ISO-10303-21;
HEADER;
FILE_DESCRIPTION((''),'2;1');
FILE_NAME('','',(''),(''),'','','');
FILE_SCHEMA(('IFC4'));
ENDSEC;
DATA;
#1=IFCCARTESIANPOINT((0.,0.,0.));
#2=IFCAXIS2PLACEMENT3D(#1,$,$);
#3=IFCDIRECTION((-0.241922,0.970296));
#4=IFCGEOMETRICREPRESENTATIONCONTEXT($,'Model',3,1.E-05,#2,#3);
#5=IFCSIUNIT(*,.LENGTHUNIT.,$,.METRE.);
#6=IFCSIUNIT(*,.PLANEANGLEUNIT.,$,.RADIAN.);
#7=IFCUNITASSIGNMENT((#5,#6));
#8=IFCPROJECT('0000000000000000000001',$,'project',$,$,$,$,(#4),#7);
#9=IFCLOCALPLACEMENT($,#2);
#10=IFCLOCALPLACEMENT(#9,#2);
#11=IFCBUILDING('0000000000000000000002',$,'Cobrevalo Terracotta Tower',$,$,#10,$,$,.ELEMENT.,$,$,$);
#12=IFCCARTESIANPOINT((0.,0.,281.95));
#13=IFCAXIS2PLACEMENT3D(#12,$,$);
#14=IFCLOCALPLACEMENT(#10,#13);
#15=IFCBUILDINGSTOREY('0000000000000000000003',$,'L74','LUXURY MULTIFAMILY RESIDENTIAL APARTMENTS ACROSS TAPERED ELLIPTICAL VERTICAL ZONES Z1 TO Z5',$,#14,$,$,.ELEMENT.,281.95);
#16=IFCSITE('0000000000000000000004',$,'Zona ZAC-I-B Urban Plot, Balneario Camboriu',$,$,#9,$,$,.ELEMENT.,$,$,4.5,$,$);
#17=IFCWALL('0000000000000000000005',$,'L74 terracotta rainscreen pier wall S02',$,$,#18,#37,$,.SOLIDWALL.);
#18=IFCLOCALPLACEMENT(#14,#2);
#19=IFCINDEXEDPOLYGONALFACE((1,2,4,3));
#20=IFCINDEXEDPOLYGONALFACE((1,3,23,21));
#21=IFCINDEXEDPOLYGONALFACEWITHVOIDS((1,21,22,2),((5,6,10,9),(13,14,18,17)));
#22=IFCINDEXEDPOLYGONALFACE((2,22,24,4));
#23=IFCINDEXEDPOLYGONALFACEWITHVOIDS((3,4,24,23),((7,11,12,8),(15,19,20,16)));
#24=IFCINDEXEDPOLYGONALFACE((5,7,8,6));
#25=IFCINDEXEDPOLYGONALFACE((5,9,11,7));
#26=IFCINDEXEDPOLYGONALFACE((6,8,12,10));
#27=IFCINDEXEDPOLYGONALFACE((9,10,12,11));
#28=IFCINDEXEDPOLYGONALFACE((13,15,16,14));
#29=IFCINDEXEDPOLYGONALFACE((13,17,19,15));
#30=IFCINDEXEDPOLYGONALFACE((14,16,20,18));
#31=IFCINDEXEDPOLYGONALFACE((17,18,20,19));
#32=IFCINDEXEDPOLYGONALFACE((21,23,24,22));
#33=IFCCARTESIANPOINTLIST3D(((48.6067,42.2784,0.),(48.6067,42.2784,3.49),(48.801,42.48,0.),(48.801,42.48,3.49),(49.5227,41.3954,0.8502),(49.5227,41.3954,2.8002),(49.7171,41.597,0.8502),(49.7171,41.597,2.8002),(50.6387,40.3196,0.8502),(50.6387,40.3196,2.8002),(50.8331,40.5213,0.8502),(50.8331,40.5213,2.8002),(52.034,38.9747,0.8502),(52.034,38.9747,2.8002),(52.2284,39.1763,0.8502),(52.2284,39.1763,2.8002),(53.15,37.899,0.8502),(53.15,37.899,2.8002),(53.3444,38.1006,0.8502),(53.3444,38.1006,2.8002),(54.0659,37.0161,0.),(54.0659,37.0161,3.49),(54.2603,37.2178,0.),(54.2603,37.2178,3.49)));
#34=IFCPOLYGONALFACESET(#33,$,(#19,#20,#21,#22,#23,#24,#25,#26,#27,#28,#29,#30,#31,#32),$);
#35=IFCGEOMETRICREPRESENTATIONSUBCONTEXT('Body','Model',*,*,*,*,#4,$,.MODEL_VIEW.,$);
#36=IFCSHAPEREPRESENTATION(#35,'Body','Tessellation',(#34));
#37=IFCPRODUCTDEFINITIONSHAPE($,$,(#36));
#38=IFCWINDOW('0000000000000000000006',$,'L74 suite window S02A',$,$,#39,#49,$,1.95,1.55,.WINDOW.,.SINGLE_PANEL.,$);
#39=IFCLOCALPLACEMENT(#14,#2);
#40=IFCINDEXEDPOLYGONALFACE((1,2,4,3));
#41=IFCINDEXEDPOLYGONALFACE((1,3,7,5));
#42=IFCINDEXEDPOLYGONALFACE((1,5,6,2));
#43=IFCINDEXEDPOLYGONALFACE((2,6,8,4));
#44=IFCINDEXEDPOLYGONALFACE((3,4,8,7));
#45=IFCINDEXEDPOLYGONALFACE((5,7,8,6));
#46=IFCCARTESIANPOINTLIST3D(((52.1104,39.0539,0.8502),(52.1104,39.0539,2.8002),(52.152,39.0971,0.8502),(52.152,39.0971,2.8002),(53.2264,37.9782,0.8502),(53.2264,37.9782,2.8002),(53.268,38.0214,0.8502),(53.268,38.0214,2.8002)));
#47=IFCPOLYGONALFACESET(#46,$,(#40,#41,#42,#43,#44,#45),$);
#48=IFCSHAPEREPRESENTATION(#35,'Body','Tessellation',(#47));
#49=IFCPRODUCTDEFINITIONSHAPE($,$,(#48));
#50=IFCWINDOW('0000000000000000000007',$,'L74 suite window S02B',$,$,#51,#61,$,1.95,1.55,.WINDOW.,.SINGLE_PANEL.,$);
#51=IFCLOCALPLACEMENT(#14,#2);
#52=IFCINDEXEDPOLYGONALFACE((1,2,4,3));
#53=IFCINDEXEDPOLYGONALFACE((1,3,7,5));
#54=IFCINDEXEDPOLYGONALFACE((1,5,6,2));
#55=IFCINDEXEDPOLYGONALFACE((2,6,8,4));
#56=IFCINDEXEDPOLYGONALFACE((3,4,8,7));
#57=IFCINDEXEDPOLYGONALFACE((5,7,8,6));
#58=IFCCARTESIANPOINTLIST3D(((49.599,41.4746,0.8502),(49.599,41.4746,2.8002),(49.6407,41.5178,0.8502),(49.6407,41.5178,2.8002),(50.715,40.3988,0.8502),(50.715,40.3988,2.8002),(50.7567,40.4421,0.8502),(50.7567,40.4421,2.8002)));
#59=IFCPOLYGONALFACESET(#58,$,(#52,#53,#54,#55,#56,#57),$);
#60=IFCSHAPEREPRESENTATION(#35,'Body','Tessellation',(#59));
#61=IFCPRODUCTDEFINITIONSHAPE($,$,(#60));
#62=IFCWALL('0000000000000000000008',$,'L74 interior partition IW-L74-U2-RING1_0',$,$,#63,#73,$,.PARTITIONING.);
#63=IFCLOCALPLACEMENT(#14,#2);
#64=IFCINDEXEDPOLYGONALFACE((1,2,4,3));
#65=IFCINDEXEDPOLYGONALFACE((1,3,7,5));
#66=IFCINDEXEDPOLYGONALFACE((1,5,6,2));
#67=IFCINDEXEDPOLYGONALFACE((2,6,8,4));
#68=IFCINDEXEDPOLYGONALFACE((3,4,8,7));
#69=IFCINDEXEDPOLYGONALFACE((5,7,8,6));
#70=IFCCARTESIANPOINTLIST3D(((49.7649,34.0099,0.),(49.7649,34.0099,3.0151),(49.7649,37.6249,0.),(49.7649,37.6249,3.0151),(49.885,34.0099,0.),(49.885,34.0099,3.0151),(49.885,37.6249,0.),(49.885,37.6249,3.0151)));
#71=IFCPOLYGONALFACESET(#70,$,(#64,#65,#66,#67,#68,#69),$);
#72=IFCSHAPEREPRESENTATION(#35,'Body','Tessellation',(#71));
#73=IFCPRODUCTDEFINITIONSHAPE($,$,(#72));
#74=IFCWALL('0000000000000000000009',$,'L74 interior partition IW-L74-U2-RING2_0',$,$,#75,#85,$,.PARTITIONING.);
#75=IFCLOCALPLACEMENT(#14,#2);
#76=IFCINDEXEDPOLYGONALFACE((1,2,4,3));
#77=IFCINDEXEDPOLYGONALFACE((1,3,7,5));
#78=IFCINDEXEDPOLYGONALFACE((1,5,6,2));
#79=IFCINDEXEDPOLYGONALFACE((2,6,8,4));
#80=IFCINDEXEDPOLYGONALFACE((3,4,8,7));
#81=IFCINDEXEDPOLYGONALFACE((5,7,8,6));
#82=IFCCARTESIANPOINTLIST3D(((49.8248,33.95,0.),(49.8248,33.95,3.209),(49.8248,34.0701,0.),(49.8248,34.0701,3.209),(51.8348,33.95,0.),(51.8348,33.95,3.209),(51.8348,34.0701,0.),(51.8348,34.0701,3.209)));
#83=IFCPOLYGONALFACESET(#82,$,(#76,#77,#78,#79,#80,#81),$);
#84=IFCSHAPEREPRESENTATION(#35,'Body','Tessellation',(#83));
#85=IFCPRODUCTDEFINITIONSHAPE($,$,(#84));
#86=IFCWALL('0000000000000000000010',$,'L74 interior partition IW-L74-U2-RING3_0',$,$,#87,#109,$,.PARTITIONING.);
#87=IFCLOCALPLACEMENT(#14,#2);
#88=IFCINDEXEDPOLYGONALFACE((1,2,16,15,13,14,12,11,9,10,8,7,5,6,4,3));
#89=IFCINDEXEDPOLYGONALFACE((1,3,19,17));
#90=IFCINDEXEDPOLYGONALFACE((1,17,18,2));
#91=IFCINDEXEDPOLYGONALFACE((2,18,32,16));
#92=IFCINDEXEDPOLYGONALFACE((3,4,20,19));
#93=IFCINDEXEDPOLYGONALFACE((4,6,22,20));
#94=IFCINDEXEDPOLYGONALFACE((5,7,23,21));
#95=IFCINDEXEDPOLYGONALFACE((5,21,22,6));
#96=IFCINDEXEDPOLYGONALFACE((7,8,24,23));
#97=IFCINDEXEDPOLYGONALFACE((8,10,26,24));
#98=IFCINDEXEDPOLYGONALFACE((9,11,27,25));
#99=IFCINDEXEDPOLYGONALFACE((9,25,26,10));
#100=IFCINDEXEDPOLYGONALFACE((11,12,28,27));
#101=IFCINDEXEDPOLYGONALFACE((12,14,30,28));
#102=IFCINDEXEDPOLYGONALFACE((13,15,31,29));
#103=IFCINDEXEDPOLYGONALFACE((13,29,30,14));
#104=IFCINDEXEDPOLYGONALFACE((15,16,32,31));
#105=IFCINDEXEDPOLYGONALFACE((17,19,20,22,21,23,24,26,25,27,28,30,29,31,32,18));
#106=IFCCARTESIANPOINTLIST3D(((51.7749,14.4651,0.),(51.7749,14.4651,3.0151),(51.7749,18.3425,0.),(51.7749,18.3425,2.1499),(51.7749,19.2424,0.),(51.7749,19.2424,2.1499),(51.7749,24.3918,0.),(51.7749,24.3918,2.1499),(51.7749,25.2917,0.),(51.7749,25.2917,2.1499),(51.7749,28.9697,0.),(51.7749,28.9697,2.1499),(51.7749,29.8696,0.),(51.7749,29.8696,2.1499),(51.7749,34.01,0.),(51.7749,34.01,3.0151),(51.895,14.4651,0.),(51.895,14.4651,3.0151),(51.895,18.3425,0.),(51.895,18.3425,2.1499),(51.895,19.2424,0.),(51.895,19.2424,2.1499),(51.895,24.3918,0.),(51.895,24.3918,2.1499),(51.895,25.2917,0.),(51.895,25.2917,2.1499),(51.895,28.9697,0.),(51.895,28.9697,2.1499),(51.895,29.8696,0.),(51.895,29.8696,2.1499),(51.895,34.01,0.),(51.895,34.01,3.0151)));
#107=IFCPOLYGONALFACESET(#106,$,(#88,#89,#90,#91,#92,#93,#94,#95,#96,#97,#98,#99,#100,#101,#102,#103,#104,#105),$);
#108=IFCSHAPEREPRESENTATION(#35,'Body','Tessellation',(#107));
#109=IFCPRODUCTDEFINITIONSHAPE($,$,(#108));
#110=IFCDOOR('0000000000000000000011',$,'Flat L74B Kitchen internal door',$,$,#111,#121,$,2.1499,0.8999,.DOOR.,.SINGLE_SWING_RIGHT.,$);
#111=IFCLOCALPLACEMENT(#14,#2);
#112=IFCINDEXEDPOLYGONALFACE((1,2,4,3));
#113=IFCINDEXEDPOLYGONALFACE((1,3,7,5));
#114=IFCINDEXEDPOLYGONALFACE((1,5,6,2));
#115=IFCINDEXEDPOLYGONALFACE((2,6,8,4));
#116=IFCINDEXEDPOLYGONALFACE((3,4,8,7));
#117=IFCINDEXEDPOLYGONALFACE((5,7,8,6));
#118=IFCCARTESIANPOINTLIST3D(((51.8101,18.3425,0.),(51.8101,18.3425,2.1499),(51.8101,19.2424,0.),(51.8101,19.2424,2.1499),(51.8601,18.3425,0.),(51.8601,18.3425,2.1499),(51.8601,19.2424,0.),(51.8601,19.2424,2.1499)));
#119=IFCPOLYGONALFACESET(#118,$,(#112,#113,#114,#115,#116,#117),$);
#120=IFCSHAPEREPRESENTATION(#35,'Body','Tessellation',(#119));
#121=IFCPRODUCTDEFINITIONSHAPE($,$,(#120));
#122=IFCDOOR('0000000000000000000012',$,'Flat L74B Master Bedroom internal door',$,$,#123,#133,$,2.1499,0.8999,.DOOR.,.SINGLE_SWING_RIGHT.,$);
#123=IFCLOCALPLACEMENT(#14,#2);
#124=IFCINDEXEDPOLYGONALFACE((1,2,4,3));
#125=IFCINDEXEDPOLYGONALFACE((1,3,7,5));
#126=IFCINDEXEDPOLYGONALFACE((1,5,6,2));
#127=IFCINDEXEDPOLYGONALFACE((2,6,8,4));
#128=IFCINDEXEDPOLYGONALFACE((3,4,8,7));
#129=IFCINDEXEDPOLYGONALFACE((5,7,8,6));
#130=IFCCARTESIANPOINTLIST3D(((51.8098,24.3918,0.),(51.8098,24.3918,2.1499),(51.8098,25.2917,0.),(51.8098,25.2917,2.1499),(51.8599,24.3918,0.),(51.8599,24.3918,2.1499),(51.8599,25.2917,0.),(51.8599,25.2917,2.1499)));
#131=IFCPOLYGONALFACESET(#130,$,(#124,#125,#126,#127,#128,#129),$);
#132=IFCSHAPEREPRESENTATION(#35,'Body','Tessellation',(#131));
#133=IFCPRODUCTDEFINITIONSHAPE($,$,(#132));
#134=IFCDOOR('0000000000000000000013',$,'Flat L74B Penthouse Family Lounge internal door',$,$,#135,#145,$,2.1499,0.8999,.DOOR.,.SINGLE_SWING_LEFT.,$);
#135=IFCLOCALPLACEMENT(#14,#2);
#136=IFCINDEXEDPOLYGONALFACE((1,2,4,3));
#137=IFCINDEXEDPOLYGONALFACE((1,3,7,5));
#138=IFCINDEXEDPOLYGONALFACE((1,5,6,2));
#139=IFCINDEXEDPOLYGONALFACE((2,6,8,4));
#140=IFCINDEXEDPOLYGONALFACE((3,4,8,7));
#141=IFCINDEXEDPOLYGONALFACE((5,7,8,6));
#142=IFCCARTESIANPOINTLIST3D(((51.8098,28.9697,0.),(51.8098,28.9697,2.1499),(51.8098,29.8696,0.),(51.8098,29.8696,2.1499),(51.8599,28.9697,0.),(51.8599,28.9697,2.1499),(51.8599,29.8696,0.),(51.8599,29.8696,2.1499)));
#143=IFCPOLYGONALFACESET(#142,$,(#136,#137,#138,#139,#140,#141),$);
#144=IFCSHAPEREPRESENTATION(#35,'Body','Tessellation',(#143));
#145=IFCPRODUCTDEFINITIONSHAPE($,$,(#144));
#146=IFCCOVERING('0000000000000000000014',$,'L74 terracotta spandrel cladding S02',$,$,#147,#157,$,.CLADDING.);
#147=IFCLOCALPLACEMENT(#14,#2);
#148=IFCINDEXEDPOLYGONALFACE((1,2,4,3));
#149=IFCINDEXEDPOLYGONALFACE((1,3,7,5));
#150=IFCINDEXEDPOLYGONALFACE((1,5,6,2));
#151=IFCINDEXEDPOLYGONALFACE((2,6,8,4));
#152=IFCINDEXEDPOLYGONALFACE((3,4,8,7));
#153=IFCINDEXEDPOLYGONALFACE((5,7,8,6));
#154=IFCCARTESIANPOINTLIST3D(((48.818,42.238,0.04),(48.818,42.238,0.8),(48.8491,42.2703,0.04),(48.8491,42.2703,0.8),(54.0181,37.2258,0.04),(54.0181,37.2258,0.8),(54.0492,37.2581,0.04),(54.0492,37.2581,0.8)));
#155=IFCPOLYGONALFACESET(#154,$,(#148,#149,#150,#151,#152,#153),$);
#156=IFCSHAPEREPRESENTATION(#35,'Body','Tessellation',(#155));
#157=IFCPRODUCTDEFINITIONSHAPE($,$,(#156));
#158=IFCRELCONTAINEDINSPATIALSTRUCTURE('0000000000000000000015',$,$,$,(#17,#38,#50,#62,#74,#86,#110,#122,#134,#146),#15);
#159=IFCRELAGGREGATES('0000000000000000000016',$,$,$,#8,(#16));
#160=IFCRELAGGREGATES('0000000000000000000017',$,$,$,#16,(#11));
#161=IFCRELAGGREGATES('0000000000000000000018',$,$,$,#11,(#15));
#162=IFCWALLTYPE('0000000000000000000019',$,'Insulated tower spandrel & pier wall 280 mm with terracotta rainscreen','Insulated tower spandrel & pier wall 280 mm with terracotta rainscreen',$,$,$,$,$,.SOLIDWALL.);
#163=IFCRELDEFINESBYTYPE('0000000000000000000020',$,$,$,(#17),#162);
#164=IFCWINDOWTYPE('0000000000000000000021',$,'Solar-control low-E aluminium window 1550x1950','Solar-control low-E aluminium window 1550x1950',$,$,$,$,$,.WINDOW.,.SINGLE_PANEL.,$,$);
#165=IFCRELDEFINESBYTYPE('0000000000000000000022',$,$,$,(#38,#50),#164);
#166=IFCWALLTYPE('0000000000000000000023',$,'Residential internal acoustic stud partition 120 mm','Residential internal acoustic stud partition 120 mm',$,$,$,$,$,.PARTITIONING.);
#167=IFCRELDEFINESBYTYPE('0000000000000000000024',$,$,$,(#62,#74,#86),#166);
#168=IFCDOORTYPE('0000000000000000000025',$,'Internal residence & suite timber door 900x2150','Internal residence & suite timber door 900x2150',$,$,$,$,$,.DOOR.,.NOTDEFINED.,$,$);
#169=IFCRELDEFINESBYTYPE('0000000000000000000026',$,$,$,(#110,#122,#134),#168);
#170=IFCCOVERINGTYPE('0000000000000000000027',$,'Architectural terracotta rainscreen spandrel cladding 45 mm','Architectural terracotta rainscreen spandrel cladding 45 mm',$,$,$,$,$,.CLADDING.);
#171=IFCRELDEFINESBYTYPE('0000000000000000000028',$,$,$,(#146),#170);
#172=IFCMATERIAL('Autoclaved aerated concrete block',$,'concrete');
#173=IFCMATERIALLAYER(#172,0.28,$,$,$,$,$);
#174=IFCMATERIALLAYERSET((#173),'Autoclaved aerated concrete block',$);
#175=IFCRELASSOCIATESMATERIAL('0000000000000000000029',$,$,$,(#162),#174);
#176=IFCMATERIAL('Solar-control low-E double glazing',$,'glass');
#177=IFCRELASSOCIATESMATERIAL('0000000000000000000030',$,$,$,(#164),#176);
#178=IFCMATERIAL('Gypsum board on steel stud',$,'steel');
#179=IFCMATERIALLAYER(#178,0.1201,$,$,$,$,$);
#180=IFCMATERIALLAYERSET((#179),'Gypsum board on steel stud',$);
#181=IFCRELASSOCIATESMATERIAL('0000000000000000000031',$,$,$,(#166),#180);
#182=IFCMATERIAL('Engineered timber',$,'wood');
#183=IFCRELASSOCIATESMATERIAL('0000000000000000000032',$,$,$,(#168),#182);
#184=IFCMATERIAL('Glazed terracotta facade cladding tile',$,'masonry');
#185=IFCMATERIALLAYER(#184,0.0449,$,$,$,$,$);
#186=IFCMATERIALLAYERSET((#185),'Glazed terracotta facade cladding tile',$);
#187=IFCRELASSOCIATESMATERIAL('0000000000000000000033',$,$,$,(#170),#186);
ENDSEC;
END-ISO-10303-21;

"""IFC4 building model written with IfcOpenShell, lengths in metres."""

from ifc_helpers import new_model, si_unit, direction, frame, frame_2d, origin, origin_2d, place, context, subcontext, project, spatial, rectangle, extrude, source, transform, mapped, material, layer, layer_set, type_object, element, fill, save


model = new_model("IFC4")

# Units and contexts
model_context = context("Model", 3, precision=1e-05, world=origin(), true_north=direction((-0.241922, 0.970296)))
body_context = subcontext(model_context, "Body", "Model", "MODEL_VIEW")
ifc_project = project(units=[si_unit("LENGTHUNIT", "METRE"), si_unit("PLANEANGLEUNIT", "RADIAN")], contexts=[model_context])

# Site, building, storey
site_placement = place(None, origin())
site = spatial("IfcSite", under=ifc_project, at=site_placement, Name="Zona ZAC-I-B Urban Plot, Balneario Camboriu", CompositionType="ELEMENT", RefElevation=4.5)
building_placement = place(site_placement, origin())
building = spatial("IfcBuilding", under=site, at=building_placement, Name="Cobrevalo Terracotta Tower", CompositionType="ELEMENT")
storey_placement = place(building_placement, frame((0.0, 0.0, 281.95)))
storey = spatial("IfcBuildingStorey", under=building, at=storey_placement, Name="L74", Description="LUXURY MULTIFAMILY RESIDENTIAL APARTMENTS ACROSS TAPERED ELLIPTICAL VERTICAL ZONES Z1 TO Z5", CompositionType="ELEMENT", Elevation=281.95)

# Shared definitions
ifc_material_1 = material(Name="Solar-control low-E double glazing", Category="glass")

# Wall, openings, windows
ifc_material_2 = material(Name="Autoclaved aerated concrete block", Category="concrete")
ifc_layer_1 = layer(ifc_material_2, 0.28)
ifc_layer_set_1 = layer_set([ifc_layer_1], Name="Autoclaved aerated concrete block")
wall_type_1 = type_object("IfcWallType", Name="Insulated tower spandrel & pier wall 280 mm with terracotta rainscreen", Description="Insulated tower spandrel & pier wall 280 mm with terracotta rainscreen", PredefinedType="SOLIDWALL", material=ifc_layer_set_1)
wall_1_placement = place(storey_placement, frame((54.1631, 37.1169, 0.0), z_axis=(0.0, 0.0, 1.0), x_axis=(-0.719979, 0.693996, 0.0)))
wall_1 = element("IfcWall", 1, at=wall_1_placement, inside=storey, type_object=wall_type_1, Name="L74 terracotta rainscreen pier wall S02", PredefinedType="SOLIDWALL", context=body_context, shape_type="SweptSolid", body=[
    extrude(rectangle(XDim=7.5825, YDim=0.28, at=frame_2d((3.7913, 0.0))), origin(), (0.0, 0.0, 1.0), 3.49),
])
opening_1_placement = place(wall_1_placement, frame((1.2722, 0.0, 0.8501)))
opening_1 = element("IfcOpeningElement", 2, at=opening_1_placement, cuts=wall_1, PredefinedType="OPENING", context=body_context, shape_type="SweptSolid", body=[
    extrude(rectangle(XDim=1.55, YDim=1.95, at=frame_2d((0.7749, 0.9751))), frame((0.0, 0.1499, 0.0), z_axis=(0.0, -1.0, 0.0), x_axis=(1.0, 0.0, 0.0)), (0.0, 0.0, 1.0), 0.3),
])
opening_2_placement = place(wall_1_placement, frame((4.7603, 0.0, 0.8501)))
opening_2 = element("IfcOpeningElement", 3, at=opening_2_placement, cuts=wall_1, PredefinedType="OPENING", context=body_context, shape_type="SweptSolid", body=[
    extrude(rectangle(XDim=1.55, YDim=1.95, at=frame_2d((0.7749, 0.9751))), frame((0.0, 0.1499, 0.0), z_axis=(0.0, -1.0, 0.0), x_axis=(1.0, 0.0, 0.0)), (0.0, 0.0, 1.0), 0.3),
])
window_type = type_object("IfcWindowType", Name="Solar-control low-E aluminium window 1550x1950", Description="Solar-control low-E aluminium window 1550x1950", PartitioningType="SINGLE_PANEL", PredefinedType="WINDOW", material=ifc_material_1)
shared_shape_1 = source(origin(), body_context, "Body", "SweptSolid", [
    extrude(rectangle(XDim=1.55, YDim=1.95, at=frame_2d((0.7749, 0.9751))), frame((0.0, 0.03, 0.0), z_axis=(0.0, -1.0, 0.0), x_axis=(1.0, 0.0, 0.0)), (0.0, 0.0, 1.0), 0.0601),
])
window_1_placement = place(opening_1_placement, origin())
window_1 = element("IfcWindow", 4, at=window_1_placement, inside=storey, type_object=window_type, Name="L74 suite window S02A", OverallHeight=1.95, OverallWidth=1.55, PartitioningType="SINGLE_PANEL", PredefinedType="WINDOW", context=body_context, shape_type="MappedRepresentation", body=[
    mapped(shared_shape_1, transform((0.0, 0.0, 0.0), scale=1.0)),
])
fill(opening_1, window_1)
window_2_placement = place(opening_2_placement, origin())
window_2 = element("IfcWindow", 5, at=window_2_placement, inside=storey, type_object=window_type, Name="L74 suite window S02B", OverallHeight=1.95, OverallWidth=1.55, PartitioningType="SINGLE_PANEL", PredefinedType="WINDOW", context=body_context, shape_type="MappedRepresentation", body=[
    mapped(shared_shape_1, transform((0.0, 0.0, 0.0), scale=1.0)),
])
fill(opening_2, window_2)

# Walls
ifc_material_3 = material(Name="Gypsum board on steel stud", Category="steel")
ifc_layer_2 = layer(ifc_material_3, 0.1201)
ifc_layer_set_2 = layer_set([ifc_layer_2], Name="Gypsum board on steel stud")
wall_type_2 = type_object("IfcWallType", Name="Residential internal acoustic stud partition 120 mm", Description="Residential internal acoustic stud partition 120 mm", PredefinedType="PARTITIONING", material=ifc_layer_set_2)
wall_2_placement = place(storey_placement, frame((49.825, 37.625, 0.0), z_axis=(0.0, 0.0, 1.0), x_axis=(0.0, -1.0, 0.0)))
element("IfcWall", 6, at=wall_2_placement, inside=storey, type_object=wall_type_2, Name="L74 interior partition IW-L74-U2-RING1_0", PredefinedType="PARTITIONING", context=body_context, shape_type="SweptSolid", body=[
    extrude(rectangle(XDim=3.615, YDim=0.1201, at=frame_2d((1.8076, 0.0))), origin(), (0.0, 0.0, 1.0), 3.0151),
])
wall_3_placement = place(storey_placement, frame((49.825, 34.01, 0.0), z_axis=(0.0, 0.0, 1.0), x_axis=(1.0, 0.0, 0.0)))
element("IfcWall", 7, at=wall_3_placement, inside=storey, type_object=wall_type_2, Name="L74 interior partition IW-L74-U2-RING2_0", PredefinedType="PARTITIONING", context=body_context, shape_type="SweptSolid", body=[
    extrude(rectangle(XDim=2.01, YDim=0.1201, at=frame_2d((1.0049, 0.0))), origin(), (0.0, 0.0, 1.0), 3.209),
])

# Wall, openings, doors
wall_4_placement = place(storey_placement, frame((51.835, 34.01, 0.0), z_axis=(0.0, 0.0, 1.0), x_axis=(0.0, -1.0, 0.0)))
wall_4 = element("IfcWall", 8, at=wall_4_placement, inside=storey, type_object=wall_type_2, Name="L74 interior partition IW-L74-U2-RING3_0", PredefinedType="PARTITIONING", context=body_context, shape_type="SweptSolid", body=[
    extrude(rectangle(XDim=19.5449, YDim=0.1201, at=frame_2d((9.7725, 0.0))), origin(), (0.0, 0.0, 1.0), 3.0151),
])
opening_3_placement = place(wall_4_placement, frame((14.7676, 0.0, 0.0)))
opening_3 = element("IfcOpeningElement", 9, at=opening_3_placement, cuts=wall_4, PredefinedType="OPENING", context=body_context, shape_type="SweptSolid", body=[
    extrude(rectangle(XDim=0.8999, YDim=2.1499, at=frame_2d((0.45, 1.075))), frame((0.0, 0.0701, 0.0), z_axis=(0.0, -1.0, 0.0), x_axis=(1.0, 0.0, 0.0)), (0.0, 0.0, 1.0), 0.1401),
])
opening_4_placement = place(wall_4_placement, frame((8.7183, 0.0, 0.0)))
opening_4 = element("IfcOpeningElement", 10, at=opening_4_placement, cuts=wall_4, PredefinedType="OPENING", context=body_context, shape_type="SweptSolid", body=[
    extrude(rectangle(XDim=0.8999, YDim=2.1499, at=frame_2d((0.45, 1.075))), frame((0.0, 0.0701, 0.0), z_axis=(0.0, -1.0, 0.0), x_axis=(1.0, 0.0, 0.0)), (0.0, 0.0, 1.0), 0.1401),
])
opening_5_placement = place(wall_4_placement, frame((4.1404, 0.0, 0.0)))
opening_5 = element("IfcOpeningElement", 11, at=opening_5_placement, cuts=wall_4, PredefinedType="OPENING", context=body_context, shape_type="SweptSolid", body=[
    extrude(rectangle(XDim=0.8999, YDim=2.1499, at=frame_2d((0.45, 1.075))), frame((0.0, 0.0701, 0.0), z_axis=(0.0, -1.0, 0.0), x_axis=(1.0, 0.0, 0.0)), (0.0, 0.0, 1.0), 0.1401),
])
ifc_material_4 = material(Name="Engineered timber", Category="wood")
door_type = type_object("IfcDoorType", Name="Internal residence & suite timber door 900x2150", Description="Internal residence & suite timber door 900x2150", OperationType="NOTDEFINED", PredefinedType="DOOR", material=ifc_material_4)
shared_shape_2 = source(origin(), body_context, "Body", "SweptSolid", [
    extrude(rectangle(XDim=0.8999, YDim=2.1499, at=frame_2d((0.45, 1.075))), frame((0.0, 0.0249, 0.0), z_axis=(0.0, -1.0, 0.0), x_axis=(1.0, 0.0, 0.0)), (0.0, 0.0, 1.0), 0.05),
])
door_1_placement = place(opening_3_placement, frame((0.8999, 0.0, 0.0), z_axis=(0.0, 0.0, 1.0), x_axis=(-1.0, 0.0, 0.0)))
door_1 = element("IfcDoor", 12, at=door_1_placement, inside=storey, type_object=door_type, Name="Flat L74B Kitchen internal door", OperationType="SINGLE_SWING_RIGHT", OverallHeight=2.1499, OverallWidth=0.8999, PredefinedType="DOOR", context=body_context, shape_type="MappedRepresentation", body=[
    mapped(shared_shape_2, transform((0.0, 0.0, 0.0), scale=1.0)),
])
fill(opening_3, door_1)
door_2_placement = place(opening_4_placement, origin())
door_2 = element("IfcDoor", 13, at=door_2_placement, inside=storey, type_object=door_type, Name="Flat L74B Master Bedroom internal door", OperationType="SINGLE_SWING_RIGHT", OverallHeight=2.1499, OverallWidth=0.8999, PredefinedType="DOOR", context=body_context, shape_type="MappedRepresentation", body=[
    mapped(shared_shape_2, transform((0.0, 0.0, 0.0), scale=1.0)),
])
fill(opening_4, door_2)
door_3_placement = place(opening_5_placement, origin())
door_3 = element("IfcDoor", 14, at=door_3_placement, inside=storey, type_object=door_type, Name="Flat L74B Penthouse Family Lounge internal door", OperationType="SINGLE_SWING_LEFT", OverallHeight=2.1499, OverallWidth=0.8999, PredefinedType="DOOR", context=body_context, shape_type="MappedRepresentation", body=[
    mapped(shared_shape_2, transform((0.0, 0.0, 0.0), scale=1.0)),
])
fill(opening_5, door_3)

# Covering
ifc_material_5 = material(Name="Glazed terracotta facade cladding tile", Category="masonry")
ifc_layer_3 = layer(ifc_material_5, 0.0449)
ifc_layer_set_3 = layer_set([ifc_layer_3], Name="Glazed terracotta facade cladding tile")
covering_type = type_object("IfcCoveringType", Name="Architectural terracotta rainscreen spandrel cladding 45 mm", Description="Architectural terracotta rainscreen spandrel cladding 45 mm", PredefinedType="CLADDING", material=ifc_layer_set_3)
shared_shape_3 = source(origin(), body_context, "Body", "SweptSolid", [
    extrude(rectangle(XDim=7.2224, YDim=0.0449, at=origin_2d()), origin(), (0.0, 0.0, 1.0), 0.76),
])
covering_placement = place(storey_placement, frame((51.4336, 39.748, 0.04), z_axis=(0.0, 0.0, 1.0), x_axis=(-0.719997, 0.693978, 0.0)))
element("IfcCovering", 15, at=covering_placement, inside=storey, type_object=covering_type, Name="L74 terracotta spandrel cladding S02", PredefinedType="CLADDING", context=body_context, shape_type="MappedRepresentation", body=[
    mapped(shared_shape_3, transform((0.0, 0.0, 0.0), scale=1.0)),
])

save(model, "model.ifc")
